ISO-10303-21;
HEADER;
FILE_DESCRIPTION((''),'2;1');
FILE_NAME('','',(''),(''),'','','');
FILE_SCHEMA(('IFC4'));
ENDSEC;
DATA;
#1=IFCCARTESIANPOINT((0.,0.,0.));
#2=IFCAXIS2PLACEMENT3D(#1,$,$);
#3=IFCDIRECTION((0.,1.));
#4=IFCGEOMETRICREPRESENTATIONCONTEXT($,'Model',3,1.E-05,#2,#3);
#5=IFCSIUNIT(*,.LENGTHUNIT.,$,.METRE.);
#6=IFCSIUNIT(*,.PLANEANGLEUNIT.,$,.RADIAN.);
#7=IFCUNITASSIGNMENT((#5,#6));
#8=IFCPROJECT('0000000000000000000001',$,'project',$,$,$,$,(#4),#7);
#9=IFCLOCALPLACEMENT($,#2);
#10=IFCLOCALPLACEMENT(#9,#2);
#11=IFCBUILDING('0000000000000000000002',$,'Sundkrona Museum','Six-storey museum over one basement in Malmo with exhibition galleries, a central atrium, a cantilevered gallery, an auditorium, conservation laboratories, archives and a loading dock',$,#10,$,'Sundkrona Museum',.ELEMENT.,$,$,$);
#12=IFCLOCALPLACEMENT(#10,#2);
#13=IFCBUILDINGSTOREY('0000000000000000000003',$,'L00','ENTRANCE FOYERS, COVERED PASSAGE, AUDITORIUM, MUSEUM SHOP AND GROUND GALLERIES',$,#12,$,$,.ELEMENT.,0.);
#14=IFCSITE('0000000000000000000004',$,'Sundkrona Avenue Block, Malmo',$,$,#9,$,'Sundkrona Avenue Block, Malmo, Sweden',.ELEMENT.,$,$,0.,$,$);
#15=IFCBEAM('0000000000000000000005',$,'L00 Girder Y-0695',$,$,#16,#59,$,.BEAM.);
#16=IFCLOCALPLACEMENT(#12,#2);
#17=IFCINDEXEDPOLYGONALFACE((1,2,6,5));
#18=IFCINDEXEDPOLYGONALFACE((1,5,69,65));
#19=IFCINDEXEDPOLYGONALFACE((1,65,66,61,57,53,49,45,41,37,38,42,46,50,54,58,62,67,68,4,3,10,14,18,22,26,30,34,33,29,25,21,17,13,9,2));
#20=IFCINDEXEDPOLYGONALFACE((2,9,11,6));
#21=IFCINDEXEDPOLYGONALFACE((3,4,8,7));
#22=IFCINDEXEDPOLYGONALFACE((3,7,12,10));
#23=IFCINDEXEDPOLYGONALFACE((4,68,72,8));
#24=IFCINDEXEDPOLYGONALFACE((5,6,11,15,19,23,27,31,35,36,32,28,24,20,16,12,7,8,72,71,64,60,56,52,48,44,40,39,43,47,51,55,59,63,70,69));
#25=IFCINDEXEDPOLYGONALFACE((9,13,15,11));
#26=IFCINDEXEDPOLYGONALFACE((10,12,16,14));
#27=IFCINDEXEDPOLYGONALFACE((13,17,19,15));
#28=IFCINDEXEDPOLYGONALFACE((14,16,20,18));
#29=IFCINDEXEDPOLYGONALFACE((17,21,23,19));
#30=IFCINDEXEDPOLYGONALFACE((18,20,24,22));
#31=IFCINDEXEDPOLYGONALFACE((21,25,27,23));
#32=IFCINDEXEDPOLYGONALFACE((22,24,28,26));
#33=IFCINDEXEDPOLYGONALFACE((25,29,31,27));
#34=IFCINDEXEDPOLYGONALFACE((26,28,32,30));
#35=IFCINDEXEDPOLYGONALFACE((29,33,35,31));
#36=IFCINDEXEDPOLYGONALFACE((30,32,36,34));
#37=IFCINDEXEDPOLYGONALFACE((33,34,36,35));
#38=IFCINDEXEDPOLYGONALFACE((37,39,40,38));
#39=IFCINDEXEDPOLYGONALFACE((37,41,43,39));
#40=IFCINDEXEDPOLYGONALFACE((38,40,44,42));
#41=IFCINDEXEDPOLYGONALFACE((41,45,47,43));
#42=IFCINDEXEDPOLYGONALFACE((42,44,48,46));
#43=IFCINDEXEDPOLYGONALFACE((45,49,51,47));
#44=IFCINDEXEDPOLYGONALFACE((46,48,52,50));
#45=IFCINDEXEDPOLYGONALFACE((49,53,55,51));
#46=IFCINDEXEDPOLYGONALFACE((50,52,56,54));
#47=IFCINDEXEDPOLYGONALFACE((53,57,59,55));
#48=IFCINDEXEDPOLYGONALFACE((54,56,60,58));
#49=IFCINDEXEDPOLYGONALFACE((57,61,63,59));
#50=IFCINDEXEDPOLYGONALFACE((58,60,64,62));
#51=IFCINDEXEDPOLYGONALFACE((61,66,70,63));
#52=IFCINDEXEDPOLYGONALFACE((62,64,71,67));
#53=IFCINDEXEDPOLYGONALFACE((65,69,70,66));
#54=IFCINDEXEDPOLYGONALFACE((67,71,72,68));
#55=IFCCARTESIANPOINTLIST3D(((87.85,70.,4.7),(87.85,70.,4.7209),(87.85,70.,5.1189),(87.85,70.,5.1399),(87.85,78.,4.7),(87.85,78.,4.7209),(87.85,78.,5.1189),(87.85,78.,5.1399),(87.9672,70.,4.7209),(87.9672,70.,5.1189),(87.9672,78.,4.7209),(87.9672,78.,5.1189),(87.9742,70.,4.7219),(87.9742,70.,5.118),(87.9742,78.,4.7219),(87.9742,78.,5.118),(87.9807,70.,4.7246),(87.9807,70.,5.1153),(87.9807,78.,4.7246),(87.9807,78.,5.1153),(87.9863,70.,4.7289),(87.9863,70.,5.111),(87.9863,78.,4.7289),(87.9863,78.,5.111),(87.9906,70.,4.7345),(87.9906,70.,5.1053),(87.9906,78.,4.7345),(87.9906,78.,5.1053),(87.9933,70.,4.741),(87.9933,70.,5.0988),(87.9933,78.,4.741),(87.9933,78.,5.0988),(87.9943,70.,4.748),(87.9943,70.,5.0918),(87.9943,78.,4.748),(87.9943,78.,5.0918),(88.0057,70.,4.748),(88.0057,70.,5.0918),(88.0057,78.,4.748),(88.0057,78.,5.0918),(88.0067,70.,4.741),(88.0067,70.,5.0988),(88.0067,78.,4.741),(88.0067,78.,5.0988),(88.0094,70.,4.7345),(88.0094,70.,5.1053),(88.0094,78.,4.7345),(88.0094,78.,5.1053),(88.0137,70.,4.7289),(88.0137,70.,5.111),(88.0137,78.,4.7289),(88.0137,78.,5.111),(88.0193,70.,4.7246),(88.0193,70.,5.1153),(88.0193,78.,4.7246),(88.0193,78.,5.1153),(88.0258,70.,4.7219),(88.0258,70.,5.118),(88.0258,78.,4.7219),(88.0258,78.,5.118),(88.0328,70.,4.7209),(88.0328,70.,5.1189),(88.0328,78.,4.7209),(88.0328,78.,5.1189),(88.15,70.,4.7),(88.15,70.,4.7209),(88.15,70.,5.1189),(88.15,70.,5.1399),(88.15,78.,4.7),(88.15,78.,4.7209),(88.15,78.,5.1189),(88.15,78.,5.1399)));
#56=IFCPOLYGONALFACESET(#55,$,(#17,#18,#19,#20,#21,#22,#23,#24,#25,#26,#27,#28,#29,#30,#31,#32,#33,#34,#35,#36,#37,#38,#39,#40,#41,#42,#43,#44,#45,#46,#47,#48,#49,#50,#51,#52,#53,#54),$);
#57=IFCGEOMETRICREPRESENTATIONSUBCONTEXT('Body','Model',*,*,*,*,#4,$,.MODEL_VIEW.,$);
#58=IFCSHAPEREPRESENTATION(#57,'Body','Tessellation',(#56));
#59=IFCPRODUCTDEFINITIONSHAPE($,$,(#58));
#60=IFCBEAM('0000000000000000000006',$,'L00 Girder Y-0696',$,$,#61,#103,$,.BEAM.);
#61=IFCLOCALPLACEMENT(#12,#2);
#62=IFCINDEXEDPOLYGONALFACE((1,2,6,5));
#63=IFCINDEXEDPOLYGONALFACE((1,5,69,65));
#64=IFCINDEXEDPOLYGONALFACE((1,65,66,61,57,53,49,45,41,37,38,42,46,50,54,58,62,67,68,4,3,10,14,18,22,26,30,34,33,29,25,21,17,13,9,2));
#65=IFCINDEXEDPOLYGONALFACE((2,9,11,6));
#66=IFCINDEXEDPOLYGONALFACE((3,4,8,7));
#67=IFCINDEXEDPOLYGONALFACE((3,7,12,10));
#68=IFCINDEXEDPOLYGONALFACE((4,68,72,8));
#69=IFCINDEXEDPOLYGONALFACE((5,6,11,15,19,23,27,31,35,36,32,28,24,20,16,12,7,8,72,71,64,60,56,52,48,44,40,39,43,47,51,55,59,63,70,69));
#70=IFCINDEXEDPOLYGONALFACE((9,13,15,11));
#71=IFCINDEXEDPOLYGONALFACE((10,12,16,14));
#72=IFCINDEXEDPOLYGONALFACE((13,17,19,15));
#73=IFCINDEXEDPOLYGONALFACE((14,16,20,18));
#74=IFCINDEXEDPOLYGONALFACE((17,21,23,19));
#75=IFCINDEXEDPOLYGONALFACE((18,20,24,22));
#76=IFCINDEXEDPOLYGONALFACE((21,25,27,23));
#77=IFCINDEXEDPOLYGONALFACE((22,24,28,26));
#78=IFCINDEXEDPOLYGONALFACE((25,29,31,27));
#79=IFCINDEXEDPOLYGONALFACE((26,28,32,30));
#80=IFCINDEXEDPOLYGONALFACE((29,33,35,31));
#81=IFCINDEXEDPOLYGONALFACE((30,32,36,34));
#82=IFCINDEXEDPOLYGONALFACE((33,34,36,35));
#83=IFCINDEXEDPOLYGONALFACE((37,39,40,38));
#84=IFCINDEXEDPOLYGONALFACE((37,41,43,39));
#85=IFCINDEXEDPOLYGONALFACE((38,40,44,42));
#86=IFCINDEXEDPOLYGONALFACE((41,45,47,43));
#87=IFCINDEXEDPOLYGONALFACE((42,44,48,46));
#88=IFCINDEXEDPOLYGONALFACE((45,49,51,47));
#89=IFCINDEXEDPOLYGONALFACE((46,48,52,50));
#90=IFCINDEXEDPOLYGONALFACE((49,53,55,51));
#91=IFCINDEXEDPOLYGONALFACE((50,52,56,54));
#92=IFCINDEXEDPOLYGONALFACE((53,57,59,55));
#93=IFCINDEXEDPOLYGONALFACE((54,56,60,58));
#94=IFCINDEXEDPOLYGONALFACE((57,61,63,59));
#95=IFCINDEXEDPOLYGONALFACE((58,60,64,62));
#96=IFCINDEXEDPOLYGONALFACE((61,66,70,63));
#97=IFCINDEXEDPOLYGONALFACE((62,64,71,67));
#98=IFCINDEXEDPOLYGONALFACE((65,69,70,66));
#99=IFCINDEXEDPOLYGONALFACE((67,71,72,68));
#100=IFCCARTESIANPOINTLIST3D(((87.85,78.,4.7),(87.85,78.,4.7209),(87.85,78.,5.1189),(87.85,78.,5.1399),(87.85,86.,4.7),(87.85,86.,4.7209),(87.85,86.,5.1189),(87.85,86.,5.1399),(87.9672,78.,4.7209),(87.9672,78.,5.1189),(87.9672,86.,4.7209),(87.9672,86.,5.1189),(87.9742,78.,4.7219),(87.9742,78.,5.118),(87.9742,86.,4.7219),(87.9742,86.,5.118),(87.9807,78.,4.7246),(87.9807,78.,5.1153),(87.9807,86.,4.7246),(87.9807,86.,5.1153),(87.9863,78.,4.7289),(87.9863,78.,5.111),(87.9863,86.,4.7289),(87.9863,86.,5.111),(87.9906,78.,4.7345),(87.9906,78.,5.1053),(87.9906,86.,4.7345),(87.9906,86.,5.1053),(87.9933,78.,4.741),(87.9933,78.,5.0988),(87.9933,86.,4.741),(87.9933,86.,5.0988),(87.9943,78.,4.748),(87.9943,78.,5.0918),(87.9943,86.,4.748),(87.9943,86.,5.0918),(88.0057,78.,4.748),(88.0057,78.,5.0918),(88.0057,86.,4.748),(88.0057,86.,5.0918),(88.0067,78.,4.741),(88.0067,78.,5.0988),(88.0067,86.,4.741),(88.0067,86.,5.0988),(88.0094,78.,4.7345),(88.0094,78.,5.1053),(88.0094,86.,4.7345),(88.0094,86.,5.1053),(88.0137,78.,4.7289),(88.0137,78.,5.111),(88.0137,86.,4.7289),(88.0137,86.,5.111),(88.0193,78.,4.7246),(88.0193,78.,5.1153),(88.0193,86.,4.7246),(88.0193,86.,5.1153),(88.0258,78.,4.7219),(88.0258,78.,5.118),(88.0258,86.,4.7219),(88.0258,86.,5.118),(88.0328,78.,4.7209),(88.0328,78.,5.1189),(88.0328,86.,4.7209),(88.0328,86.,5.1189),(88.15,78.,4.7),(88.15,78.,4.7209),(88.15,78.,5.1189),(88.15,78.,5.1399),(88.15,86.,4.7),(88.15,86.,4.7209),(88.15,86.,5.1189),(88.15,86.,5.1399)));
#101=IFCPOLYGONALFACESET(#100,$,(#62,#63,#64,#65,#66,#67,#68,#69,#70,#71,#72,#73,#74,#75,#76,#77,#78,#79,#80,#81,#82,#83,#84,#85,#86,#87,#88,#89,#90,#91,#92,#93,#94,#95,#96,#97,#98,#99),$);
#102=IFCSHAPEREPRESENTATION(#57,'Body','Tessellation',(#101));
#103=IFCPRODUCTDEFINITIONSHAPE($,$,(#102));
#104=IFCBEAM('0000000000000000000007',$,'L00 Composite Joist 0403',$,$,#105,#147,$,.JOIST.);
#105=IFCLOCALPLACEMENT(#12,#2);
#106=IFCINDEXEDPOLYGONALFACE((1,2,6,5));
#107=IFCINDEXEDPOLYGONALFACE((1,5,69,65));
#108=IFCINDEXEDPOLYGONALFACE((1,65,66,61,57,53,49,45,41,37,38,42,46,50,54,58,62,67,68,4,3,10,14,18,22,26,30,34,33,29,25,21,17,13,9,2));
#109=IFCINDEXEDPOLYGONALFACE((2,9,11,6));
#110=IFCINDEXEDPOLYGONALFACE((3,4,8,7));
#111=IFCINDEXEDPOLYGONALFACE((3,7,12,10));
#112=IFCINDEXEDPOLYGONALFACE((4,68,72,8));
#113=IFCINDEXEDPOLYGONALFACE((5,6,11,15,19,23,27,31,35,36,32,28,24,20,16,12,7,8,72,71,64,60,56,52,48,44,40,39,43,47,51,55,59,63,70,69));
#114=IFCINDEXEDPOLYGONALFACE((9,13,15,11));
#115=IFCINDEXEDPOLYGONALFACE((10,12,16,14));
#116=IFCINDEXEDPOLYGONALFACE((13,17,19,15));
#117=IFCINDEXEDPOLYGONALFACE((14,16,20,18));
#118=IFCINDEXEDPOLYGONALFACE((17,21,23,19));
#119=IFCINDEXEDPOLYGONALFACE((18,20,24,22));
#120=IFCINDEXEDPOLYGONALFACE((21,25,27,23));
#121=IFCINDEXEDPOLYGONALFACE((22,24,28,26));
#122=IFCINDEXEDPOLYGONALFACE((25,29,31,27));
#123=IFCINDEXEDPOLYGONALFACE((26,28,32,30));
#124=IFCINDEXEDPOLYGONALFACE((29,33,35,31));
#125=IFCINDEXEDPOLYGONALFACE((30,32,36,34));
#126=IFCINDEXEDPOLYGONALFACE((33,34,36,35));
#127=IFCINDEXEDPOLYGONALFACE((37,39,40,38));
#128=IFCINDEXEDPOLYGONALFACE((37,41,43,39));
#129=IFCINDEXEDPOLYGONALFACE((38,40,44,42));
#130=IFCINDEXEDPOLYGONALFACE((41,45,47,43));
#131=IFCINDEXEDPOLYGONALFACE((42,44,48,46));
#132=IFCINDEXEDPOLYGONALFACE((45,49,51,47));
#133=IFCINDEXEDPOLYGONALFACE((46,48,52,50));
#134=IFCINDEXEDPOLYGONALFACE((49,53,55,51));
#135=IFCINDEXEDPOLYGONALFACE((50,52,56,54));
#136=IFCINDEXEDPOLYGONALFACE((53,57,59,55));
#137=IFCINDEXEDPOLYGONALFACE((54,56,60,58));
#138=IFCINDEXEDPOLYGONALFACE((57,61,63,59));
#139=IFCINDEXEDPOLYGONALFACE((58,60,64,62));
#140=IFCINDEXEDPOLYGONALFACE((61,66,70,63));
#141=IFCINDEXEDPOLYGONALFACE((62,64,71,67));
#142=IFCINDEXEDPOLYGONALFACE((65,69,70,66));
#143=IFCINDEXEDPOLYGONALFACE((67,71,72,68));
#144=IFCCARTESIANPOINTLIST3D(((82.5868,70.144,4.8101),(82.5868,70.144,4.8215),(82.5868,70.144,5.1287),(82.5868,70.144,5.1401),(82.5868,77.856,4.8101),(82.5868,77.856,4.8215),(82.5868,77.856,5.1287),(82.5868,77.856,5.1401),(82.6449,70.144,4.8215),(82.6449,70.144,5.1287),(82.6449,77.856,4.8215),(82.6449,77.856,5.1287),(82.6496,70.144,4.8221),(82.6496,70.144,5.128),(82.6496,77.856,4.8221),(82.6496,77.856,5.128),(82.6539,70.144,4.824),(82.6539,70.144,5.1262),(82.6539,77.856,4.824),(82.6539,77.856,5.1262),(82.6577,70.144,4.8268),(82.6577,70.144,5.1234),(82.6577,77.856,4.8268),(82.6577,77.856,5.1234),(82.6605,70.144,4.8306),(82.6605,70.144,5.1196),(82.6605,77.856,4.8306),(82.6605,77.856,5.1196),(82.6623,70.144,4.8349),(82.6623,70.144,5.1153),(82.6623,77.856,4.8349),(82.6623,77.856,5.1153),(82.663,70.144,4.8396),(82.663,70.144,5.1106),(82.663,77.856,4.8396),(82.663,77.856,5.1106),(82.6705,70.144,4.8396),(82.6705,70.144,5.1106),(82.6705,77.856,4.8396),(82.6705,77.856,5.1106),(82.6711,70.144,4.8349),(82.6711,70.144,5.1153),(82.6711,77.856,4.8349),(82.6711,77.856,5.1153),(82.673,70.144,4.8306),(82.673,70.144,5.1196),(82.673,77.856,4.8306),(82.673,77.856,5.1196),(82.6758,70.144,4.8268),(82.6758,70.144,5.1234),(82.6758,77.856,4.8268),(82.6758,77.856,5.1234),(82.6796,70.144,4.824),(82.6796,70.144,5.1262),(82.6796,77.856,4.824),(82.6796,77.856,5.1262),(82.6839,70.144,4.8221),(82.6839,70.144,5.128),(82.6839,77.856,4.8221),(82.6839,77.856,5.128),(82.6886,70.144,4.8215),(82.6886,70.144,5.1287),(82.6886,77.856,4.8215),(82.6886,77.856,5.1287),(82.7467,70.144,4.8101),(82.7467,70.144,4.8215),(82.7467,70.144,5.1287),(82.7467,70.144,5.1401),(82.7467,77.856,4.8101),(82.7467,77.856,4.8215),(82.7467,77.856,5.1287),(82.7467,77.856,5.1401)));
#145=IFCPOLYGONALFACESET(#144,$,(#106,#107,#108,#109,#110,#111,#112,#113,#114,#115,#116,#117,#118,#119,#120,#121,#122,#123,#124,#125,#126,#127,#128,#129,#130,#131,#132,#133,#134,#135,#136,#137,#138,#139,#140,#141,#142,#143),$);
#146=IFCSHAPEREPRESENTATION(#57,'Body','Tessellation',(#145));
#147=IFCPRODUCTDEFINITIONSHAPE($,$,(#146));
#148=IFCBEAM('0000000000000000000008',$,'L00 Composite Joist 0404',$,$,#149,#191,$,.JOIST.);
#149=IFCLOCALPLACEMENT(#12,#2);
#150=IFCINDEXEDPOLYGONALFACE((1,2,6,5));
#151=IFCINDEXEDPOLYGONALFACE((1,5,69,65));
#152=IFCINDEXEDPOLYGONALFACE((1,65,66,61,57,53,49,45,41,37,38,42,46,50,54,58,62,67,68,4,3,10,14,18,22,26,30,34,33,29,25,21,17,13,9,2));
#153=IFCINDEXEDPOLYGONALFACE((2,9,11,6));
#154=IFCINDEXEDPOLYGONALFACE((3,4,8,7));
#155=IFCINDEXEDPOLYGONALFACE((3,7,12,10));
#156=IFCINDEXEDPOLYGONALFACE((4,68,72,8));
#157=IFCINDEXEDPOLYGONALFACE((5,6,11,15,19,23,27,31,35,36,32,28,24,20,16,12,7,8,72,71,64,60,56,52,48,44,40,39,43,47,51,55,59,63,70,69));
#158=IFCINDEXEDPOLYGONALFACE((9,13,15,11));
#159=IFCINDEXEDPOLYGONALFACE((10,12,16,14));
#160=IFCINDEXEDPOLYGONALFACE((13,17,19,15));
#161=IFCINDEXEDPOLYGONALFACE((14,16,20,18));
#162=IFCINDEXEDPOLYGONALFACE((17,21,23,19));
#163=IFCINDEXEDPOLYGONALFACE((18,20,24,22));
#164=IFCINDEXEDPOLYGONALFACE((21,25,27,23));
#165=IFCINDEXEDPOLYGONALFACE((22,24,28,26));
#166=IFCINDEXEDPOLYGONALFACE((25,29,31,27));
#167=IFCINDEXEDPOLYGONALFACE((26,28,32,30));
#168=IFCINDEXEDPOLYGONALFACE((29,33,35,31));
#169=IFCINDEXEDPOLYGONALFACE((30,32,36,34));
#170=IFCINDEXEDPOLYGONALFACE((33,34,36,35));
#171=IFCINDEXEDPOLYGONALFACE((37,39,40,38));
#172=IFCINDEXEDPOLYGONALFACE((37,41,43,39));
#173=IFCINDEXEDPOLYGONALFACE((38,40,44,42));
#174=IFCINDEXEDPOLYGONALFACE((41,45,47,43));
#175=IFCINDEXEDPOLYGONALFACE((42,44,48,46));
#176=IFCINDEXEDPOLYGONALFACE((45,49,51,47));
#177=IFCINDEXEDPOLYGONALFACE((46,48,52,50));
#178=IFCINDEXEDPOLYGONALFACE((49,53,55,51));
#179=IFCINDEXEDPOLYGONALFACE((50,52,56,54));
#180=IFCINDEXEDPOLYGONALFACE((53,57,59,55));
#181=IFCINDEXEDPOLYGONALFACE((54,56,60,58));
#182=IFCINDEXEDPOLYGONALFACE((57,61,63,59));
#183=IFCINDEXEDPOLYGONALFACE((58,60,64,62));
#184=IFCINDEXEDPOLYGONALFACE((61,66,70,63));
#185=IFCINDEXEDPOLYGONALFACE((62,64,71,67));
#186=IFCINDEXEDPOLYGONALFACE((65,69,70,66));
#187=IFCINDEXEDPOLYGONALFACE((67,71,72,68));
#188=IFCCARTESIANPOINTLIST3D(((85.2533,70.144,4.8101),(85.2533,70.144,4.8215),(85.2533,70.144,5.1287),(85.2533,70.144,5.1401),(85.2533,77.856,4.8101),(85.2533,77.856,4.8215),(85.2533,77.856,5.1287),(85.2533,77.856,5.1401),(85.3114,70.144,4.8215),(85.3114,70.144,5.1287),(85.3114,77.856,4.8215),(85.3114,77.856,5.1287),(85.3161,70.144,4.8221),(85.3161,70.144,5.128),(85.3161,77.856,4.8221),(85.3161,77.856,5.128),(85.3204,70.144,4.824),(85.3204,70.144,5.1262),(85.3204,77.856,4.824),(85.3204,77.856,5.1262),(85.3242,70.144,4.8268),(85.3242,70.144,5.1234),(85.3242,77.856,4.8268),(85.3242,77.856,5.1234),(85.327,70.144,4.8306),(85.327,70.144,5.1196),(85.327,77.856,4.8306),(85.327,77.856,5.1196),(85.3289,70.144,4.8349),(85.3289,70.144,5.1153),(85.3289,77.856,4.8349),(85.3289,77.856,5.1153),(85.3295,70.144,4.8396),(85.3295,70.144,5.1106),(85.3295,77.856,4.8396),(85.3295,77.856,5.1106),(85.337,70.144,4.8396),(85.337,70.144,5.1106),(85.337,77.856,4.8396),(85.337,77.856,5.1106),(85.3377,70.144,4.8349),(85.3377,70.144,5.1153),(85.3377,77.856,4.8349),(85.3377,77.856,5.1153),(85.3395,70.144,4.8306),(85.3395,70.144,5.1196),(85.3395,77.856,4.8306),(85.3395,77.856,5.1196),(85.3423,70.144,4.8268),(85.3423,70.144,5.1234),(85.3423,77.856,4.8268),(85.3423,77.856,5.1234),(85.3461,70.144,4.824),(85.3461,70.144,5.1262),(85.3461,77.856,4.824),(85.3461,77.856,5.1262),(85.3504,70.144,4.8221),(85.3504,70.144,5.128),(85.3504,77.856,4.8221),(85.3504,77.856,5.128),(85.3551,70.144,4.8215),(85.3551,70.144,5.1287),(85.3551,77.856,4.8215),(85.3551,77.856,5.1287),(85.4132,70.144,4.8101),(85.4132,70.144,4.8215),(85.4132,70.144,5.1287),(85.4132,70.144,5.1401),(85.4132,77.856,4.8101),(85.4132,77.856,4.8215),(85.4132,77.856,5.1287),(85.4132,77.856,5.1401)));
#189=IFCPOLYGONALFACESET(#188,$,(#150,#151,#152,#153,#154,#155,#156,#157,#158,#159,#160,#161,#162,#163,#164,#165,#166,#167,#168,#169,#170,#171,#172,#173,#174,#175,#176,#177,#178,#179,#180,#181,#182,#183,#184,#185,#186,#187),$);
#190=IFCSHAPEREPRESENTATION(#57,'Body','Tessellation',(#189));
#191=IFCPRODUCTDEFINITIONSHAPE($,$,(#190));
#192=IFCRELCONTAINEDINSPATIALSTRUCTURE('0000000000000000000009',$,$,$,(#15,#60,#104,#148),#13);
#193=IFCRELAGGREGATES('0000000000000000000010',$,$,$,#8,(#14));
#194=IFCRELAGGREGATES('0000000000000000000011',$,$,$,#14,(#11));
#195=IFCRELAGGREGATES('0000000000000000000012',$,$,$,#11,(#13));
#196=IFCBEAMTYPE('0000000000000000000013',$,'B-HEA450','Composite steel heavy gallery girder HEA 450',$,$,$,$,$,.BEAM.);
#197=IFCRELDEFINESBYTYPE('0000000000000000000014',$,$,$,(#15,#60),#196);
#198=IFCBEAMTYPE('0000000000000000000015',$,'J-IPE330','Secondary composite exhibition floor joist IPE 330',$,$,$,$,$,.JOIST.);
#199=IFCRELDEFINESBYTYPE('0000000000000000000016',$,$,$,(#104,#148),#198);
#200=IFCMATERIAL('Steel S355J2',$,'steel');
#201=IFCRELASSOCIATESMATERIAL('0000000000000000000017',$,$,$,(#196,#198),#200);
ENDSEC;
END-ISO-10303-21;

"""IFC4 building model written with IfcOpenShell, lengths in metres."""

from ifc_helpers import new_model, si_unit, direction, frame, origin, origin_2d, place, context, subcontext, project, spatial, i_section, extrude, material, material_profile, profile_set, type_object, element, save


model = new_model("IFC4")

# Units and contexts
model_context = context("Model", 3, precision=1e-05, world=origin(), true_north=direction((0.0, 1.0)))
body_context = subcontext(model_context, "Body", "Model", "MODEL_VIEW")
ifc_project = project(units=[si_unit("LENGTHUNIT", "METRE"), si_unit("PLANEANGLEUNIT", "RADIAN")], contexts=[model_context])

# Site, building, storey
site_placement = place(None, origin())
site = spatial("IfcSite", under=ifc_project, at=site_placement, Name="Sundkrona Avenue Block, Malmo", LongName="Sundkrona Avenue Block, Malmo, Sweden", CompositionType="ELEMENT", RefElevation=0.0)
building_placement = place(site_placement, origin())
building = spatial("IfcBuilding", under=site, at=building_placement, Name="Sundkrona Museum", Description="Six-storey museum over one basement in Malmo with exhibition galleries, a central atrium, a cantilevered gallery, an auditorium, conservation laboratories, archives and a loading dock", LongName="Sundkrona Museum", CompositionType="ELEMENT")
storey_placement = place(building_placement, origin())
storey = spatial("IfcBuildingStorey", under=building, at=storey_placement, Name="L00", Description="ENTRANCE FOYERS, COVERED PASSAGE, AUDITORIUM, MUSEUM SHOP AND GROUND GALLERIES", CompositionType="ELEMENT", Elevation=0.0)

# Shared definitions
ifc_material_1 = material(Name="Steel S355J2", Category="steel")

# Beams
ifc_material_profile_1 = material_profile(ifc_material_1, i_section(OverallWidth=0.3, OverallDepth=0.4399, WebThickness=0.0115, FlangeThickness=0.021, FilletRadius=0.0271, at=origin_2d()), Name="HEA 450")
ifc_profile_set_1 = profile_set([ifc_material_profile_1], Name="Steel S355J2")
beam_type_1 = type_object("IfcBeamType", Name="B-HEA450", Description="Composite steel heavy gallery girder HEA 450", PredefinedType="BEAM", material=ifc_profile_set_1)
for number, where, z_axis, x_axis, name in (
    (1, (88.0, 70.0, 4.9199), (0.0, 1.0, 0.0), (-1.0, 0.0, 0.0), "L00 Girder Y-0695"),
    (2, (88.0, 78.0, 4.9199), (0.0, 1.0, 0.0), (-1.0, 0.0, 0.0), "L00 Girder Y-0696"),
):
    element("IfcBeam", number, at=place(storey_placement, frame(where, z_axis=z_axis, x_axis=x_axis)), inside=storey, type_object=beam_type_1, Name=name, PredefinedType="BEAM", context=body_context, shape_type="SweptSolid", body=[
        extrude(i_section(OverallWidth=0.3, OverallDepth=0.4399, WebThickness=0.0115, FlangeThickness=0.021, FilletRadius=0.0271, at=origin_2d()), origin(), (0.0, 0.0, 1.0), 8.0),
    ])
ifc_material_profile_2 = material_profile(ifc_material_1, i_section(OverallWidth=0.1599, OverallDepth=0.3301, WebThickness=0.0076, FlangeThickness=0.0115, FilletRadius=0.0181, at=origin_2d()), Name="IPE 330")
ifc_profile_set_2 = profile_set([ifc_material_profile_2], Name="Steel S355J2")
beam_type_2 = type_object("IfcBeamType", Name="J-IPE330", Description="Secondary composite exhibition floor joist IPE 330", PredefinedType="JOIST", material=ifc_profile_set_2)
for number, where, z_axis, x_axis, name in (
    (3, (82.6667, 70.144, 4.9751), (0.0, 1.0, 0.0), (-1.0, 0.0, 0.0), "L00 Composite Joist 0403"),
    (4, (85.3333, 70.144, 4.9751), (0.0, 1.0, 0.0), (-1.0, 0.0, 0.0), "L00 Composite Joist 0404"),
):
    element("IfcBeam", number, at=place(storey_placement, frame(where, z_axis=z_axis, x_axis=x_axis)), inside=storey, type_object=beam_type_2, Name=name, PredefinedType="JOIST", context=body_context, shape_type="SweptSolid", body=[
        extrude(i_section(OverallWidth=0.1599, OverallDepth=0.3301, WebThickness=0.0076, FlangeThickness=0.0115, FilletRadius=0.0181, at=origin_2d()), origin(), (0.0, 0.0, 1.0), 7.7119),
    ])

save(model, "model.ifc")
